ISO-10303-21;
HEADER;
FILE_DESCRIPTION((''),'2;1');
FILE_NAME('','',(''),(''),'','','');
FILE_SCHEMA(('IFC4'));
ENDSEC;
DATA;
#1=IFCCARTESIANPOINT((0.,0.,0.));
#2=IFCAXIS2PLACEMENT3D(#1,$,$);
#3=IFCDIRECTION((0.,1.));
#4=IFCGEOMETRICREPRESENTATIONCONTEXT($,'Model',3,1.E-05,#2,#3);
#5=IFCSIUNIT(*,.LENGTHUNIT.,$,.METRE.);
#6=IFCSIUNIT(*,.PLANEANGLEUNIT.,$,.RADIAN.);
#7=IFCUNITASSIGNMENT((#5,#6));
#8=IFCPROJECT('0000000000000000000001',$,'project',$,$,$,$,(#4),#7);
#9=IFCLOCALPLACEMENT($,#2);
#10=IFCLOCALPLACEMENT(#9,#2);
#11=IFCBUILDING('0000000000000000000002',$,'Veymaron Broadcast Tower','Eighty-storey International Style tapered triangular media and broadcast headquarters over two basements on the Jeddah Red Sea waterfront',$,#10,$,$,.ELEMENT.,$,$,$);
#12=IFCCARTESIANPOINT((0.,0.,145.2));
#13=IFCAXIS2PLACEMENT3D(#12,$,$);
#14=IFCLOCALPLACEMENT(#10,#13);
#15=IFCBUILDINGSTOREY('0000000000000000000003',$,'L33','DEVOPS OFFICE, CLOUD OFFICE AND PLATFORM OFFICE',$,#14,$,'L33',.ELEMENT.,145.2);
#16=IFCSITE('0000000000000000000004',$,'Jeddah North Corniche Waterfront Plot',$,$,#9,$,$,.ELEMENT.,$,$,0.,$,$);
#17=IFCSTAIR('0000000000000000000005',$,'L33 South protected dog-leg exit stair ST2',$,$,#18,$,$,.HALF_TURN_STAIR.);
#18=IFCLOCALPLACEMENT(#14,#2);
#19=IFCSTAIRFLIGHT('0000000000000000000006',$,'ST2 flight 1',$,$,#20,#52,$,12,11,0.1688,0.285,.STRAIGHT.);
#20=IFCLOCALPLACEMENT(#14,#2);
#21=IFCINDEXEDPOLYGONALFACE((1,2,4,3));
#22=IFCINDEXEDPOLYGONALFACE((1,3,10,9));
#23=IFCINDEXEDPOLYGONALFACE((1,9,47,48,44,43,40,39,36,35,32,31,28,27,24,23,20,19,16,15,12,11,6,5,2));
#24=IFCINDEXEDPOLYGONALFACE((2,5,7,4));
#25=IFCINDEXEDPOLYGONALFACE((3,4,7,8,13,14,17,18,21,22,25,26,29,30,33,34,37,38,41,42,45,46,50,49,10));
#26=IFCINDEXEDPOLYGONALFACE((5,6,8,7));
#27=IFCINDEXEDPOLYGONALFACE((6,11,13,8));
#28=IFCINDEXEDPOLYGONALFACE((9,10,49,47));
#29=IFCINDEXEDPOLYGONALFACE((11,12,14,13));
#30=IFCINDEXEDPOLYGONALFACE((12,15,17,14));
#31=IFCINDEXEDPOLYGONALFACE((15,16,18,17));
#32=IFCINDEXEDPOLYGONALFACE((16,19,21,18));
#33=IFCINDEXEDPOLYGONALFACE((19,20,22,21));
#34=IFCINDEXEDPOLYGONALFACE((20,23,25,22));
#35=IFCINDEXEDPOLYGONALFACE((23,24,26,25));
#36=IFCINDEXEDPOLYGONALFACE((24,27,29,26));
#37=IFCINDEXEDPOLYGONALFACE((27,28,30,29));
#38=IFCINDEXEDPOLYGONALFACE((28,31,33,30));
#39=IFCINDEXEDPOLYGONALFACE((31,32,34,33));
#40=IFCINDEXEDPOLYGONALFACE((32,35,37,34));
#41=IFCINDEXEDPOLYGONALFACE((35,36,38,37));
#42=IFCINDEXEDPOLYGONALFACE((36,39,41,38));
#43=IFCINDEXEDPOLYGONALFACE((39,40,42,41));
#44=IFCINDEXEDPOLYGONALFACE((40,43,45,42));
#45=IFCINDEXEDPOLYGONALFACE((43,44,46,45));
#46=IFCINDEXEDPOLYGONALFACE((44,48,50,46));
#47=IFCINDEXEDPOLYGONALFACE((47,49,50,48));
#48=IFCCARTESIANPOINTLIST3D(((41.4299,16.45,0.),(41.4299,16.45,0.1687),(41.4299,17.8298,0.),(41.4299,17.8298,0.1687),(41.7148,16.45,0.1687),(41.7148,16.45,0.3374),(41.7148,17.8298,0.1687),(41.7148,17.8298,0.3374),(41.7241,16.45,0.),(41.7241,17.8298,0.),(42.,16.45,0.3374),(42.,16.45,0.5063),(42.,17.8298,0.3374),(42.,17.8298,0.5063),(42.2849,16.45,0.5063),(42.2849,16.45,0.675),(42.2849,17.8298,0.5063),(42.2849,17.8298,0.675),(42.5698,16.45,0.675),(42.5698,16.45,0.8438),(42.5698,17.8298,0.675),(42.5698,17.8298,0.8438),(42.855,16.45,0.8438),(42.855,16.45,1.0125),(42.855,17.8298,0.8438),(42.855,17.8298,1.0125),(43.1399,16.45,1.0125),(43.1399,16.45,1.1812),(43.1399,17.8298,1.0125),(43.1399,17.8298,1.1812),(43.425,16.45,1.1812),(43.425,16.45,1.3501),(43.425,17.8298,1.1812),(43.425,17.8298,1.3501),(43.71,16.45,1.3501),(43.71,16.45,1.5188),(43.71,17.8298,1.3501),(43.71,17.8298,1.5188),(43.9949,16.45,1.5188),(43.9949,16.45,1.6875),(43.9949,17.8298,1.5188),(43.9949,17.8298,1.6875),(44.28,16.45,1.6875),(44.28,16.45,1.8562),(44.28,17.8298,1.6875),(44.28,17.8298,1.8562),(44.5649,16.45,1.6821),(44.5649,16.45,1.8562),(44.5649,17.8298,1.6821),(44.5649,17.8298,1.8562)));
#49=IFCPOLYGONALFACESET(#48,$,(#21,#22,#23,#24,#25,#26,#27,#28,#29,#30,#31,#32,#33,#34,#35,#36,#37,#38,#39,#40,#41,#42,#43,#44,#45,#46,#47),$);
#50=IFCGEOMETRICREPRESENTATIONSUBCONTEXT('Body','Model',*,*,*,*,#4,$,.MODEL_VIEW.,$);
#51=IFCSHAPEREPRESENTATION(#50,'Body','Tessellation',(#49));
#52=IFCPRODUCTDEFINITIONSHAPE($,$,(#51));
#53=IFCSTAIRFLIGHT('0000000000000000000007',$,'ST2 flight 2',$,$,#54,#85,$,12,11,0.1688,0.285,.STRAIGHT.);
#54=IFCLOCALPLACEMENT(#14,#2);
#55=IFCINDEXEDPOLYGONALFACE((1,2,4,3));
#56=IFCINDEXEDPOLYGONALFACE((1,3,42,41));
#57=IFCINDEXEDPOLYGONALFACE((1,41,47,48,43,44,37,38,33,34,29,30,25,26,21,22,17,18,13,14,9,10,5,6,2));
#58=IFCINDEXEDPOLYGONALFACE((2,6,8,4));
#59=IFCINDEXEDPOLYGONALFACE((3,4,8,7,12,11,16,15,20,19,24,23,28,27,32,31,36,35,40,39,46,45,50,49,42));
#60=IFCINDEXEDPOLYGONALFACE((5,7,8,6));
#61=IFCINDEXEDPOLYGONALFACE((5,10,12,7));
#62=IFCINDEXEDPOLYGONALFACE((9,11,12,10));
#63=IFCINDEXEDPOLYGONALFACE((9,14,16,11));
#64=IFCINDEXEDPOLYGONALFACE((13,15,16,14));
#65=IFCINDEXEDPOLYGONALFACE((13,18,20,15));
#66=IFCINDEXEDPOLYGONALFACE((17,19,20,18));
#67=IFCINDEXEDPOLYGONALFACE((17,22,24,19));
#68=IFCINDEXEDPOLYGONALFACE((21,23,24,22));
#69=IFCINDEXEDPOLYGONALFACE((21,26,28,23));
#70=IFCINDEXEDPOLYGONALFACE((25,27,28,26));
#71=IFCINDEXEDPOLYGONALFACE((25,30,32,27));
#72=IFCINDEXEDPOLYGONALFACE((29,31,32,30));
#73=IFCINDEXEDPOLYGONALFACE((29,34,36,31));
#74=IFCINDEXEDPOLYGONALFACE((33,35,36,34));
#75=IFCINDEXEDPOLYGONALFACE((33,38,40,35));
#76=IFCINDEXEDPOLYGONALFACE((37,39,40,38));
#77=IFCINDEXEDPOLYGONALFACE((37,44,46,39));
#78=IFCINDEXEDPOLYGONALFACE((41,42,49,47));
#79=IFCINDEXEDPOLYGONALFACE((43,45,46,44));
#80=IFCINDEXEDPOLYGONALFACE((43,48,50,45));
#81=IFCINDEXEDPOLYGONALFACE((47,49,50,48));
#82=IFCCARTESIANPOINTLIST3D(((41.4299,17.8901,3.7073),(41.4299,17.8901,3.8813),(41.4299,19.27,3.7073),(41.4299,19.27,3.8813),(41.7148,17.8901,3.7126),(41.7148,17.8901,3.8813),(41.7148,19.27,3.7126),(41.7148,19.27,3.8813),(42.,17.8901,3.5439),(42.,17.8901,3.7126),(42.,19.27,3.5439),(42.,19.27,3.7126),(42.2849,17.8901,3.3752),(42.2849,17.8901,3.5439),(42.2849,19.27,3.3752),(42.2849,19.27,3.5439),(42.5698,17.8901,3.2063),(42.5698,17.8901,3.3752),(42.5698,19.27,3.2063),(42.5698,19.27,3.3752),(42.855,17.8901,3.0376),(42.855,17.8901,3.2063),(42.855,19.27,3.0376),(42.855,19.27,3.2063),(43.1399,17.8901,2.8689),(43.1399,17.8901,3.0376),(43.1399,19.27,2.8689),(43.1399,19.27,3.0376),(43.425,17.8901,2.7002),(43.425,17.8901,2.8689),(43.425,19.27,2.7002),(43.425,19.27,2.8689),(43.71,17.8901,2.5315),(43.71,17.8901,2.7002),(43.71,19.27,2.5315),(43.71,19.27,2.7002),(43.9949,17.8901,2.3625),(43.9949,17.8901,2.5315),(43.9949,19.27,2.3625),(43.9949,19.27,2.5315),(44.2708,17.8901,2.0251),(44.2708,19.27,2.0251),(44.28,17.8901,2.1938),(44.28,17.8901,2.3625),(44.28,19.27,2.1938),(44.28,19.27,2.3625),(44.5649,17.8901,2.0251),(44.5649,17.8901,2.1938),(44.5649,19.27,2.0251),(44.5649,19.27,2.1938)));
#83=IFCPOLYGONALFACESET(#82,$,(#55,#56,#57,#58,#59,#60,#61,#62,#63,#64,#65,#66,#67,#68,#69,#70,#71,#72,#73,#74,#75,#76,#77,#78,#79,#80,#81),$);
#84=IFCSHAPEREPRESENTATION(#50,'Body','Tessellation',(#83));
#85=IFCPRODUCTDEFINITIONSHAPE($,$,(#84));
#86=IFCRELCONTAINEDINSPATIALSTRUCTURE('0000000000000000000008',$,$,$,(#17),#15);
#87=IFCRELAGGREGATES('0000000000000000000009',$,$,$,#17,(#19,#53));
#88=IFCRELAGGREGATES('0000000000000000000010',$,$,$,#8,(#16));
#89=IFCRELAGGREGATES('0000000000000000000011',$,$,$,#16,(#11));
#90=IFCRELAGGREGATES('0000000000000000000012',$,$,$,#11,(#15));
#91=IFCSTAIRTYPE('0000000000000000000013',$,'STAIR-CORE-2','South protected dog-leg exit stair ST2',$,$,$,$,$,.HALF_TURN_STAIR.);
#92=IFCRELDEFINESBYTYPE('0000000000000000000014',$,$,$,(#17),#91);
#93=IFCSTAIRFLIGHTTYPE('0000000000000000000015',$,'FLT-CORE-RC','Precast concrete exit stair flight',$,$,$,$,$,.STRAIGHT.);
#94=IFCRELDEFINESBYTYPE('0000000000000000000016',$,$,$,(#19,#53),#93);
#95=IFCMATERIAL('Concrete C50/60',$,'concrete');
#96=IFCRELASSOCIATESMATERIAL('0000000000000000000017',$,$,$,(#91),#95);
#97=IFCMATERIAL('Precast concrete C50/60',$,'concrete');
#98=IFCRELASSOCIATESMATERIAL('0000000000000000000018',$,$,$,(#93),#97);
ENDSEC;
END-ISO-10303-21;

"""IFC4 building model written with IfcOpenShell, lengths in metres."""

from ifc_helpers import new_model, si_unit, direction, frame, origin, place, context, subcontext, project, spatial, polyline, outline, extrude, material, type_object, element, aggregate, save


model = new_model("IFC4")

# Units and contexts
model_context = context("Model", 3, precision=1e-05, world=origin(), true_north=direction((0.0, 1.0)))
body_context = subcontext(model_context, "Body", "Model", "MODEL_VIEW")
ifc_project = project(units=[si_unit("LENGTHUNIT", "METRE"), si_unit("PLANEANGLEUNIT", "RADIAN")], contexts=[model_context])

# Site, building, storey
site_placement = place(None, origin())
site = spatial("IfcSite", under=ifc_project, at=site_placement, Name="Jeddah North Corniche Waterfront Plot", CompositionType="ELEMENT", RefElevation=0.0)
building_placement = place(site_placement, origin())
building = spatial("IfcBuilding", under=site, at=building_placement, Name="Veymaron Broadcast Tower", Description="Eighty-storey International Style tapered triangular media and broadcast headquarters over two basements on the Jeddah Red Sea waterfront", CompositionType="ELEMENT")
storey_placement = place(building_placement, frame((0.0, 0.0, 145.2)))
storey = spatial("IfcBuildingStorey", under=building, at=storey_placement, Name="L33", Description="DEVOPS OFFICE, CLOUD OFFICE AND PLATFORM OFFICE", LongName="L33", CompositionType="ELEMENT", Elevation=145.2)

# Shared definitions
ifc_material_1 = material(Name="Concrete C50/60", Category="concrete")

# Stair, stair flights
stair_type = type_object("IfcStairType", Name="STAIR-CORE-2", Description="South protected dog-leg exit stair ST2", PredefinedType="HALF_TURN_STAIR", material=ifc_material_1)
stair_placement = place(storey_placement, origin())
stair = element("IfcStair", 1, at=stair_placement, inside=storey, type_object=stair_type, Name="L33 South protected dog-leg exit stair ST2", PredefinedType="HALF_TURN_STAIR")
ifc_material_2 = material(Name="Precast concrete C50/60", Category="concrete")
stair_flight_type = type_object("IfcStairFlightType", Name="FLT-CORE-RC", Description="Precast concrete exit stair flight", PredefinedType="STRAIGHT", material=ifc_material_2)
stair_flight_1_placement = place(storey_placement, frame((41.4299, 17.1399, 0.0), z_axis=(0.0, 0.0, 1.0), x_axis=(1.0, 0.0, 0.0)))
stair_flight_1 = element("IfcStairFlight", 2, at=stair_flight_1_placement, type_object=stair_flight_type, Name="ST2 flight 1", NumberOfRisers=12, NumberOfTreads=11, PredefinedType="STRAIGHT", RiserHeight=0.1688, TreadLength=0.285, context=body_context, shape_type="SweptSolid", body=[
    extrude(outline(polyline([(0.0, 0.0), (0.0, 0.1687), (0.2849, 0.1687), (0.2849, 0.3374), (0.5701, 0.3374), (0.5701, 0.5063), (0.855, 0.5063), (0.855, 0.675), (1.1399, 0.675), (1.1399, 0.8438), (1.425, 0.8438), (1.425, 1.0125), (1.71, 1.0125), (1.71, 1.1812), (1.9951, 1.1812), (1.9951, 1.3501), (2.28, 1.3501), (2.28, 1.5188), (2.5649, 1.5188), (2.5649, 1.6875), (2.8501, 1.6875), (2.8501, 1.8562), (3.135, 1.8562), (3.135, 2.0249), (3.135, 1.6821), (0.2942, 0.0), (0.0, 0.0)])), frame((0.0, 0.6899, 0.0), z_axis=(0.0, -1.0, 0.0), x_axis=(1.0, 0.0, 0.0)), (0.0, 0.0, 1.0), 1.3799),
])
stair_flight_2_placement = place(storey_placement, frame((44.5649, 18.5801, 2.0251), z_axis=(0.0, 0.0, 1.0), x_axis=(-1.0, 0.0, 0.0)))
stair_flight_2 = element("IfcStairFlight", 3, at=stair_flight_2_placement, type_object=stair_flight_type, Name="ST2 flight 2", NumberOfRisers=12, NumberOfTreads=11, PredefinedType="STRAIGHT", RiserHeight=0.1688, TreadLength=0.285, context=body_context, shape_type="SweptSolid", body=[
    extrude(outline(polyline([(0.0, 0.0), (0.0, 0.1687), (0.2849, 0.1687), (0.2849, 0.3374), (0.5701, 0.3374), (0.5701, 0.5063), (0.855, 0.5063), (0.855, 0.675), (1.1399, 0.675), (1.1399, 0.8438), (1.425, 0.8438), (1.425, 1.0125), (1.71, 1.0125), (1.71, 1.1812), (1.9951, 1.1812), (1.9951, 1.3501), (2.28, 1.3501), (2.28, 1.5188), (2.5649, 1.5188), (2.5649, 1.6875), (2.8501, 1.6875), (2.8501, 1.8562), (3.135, 1.8562), (3.135, 2.0249), (3.135, 1.6821), (0.2942, 0.0), (0.0, 0.0)])), frame((0.0, 0.6899, 0.0), z_axis=(0.0, -1.0, 0.0), x_axis=(1.0, 0.0, 0.0)), (0.0, 0.0, 1.0), 1.3799),
])
aggregate(stair, [stair_flight_1, stair_flight_2])

save(model, "model.ifc")
